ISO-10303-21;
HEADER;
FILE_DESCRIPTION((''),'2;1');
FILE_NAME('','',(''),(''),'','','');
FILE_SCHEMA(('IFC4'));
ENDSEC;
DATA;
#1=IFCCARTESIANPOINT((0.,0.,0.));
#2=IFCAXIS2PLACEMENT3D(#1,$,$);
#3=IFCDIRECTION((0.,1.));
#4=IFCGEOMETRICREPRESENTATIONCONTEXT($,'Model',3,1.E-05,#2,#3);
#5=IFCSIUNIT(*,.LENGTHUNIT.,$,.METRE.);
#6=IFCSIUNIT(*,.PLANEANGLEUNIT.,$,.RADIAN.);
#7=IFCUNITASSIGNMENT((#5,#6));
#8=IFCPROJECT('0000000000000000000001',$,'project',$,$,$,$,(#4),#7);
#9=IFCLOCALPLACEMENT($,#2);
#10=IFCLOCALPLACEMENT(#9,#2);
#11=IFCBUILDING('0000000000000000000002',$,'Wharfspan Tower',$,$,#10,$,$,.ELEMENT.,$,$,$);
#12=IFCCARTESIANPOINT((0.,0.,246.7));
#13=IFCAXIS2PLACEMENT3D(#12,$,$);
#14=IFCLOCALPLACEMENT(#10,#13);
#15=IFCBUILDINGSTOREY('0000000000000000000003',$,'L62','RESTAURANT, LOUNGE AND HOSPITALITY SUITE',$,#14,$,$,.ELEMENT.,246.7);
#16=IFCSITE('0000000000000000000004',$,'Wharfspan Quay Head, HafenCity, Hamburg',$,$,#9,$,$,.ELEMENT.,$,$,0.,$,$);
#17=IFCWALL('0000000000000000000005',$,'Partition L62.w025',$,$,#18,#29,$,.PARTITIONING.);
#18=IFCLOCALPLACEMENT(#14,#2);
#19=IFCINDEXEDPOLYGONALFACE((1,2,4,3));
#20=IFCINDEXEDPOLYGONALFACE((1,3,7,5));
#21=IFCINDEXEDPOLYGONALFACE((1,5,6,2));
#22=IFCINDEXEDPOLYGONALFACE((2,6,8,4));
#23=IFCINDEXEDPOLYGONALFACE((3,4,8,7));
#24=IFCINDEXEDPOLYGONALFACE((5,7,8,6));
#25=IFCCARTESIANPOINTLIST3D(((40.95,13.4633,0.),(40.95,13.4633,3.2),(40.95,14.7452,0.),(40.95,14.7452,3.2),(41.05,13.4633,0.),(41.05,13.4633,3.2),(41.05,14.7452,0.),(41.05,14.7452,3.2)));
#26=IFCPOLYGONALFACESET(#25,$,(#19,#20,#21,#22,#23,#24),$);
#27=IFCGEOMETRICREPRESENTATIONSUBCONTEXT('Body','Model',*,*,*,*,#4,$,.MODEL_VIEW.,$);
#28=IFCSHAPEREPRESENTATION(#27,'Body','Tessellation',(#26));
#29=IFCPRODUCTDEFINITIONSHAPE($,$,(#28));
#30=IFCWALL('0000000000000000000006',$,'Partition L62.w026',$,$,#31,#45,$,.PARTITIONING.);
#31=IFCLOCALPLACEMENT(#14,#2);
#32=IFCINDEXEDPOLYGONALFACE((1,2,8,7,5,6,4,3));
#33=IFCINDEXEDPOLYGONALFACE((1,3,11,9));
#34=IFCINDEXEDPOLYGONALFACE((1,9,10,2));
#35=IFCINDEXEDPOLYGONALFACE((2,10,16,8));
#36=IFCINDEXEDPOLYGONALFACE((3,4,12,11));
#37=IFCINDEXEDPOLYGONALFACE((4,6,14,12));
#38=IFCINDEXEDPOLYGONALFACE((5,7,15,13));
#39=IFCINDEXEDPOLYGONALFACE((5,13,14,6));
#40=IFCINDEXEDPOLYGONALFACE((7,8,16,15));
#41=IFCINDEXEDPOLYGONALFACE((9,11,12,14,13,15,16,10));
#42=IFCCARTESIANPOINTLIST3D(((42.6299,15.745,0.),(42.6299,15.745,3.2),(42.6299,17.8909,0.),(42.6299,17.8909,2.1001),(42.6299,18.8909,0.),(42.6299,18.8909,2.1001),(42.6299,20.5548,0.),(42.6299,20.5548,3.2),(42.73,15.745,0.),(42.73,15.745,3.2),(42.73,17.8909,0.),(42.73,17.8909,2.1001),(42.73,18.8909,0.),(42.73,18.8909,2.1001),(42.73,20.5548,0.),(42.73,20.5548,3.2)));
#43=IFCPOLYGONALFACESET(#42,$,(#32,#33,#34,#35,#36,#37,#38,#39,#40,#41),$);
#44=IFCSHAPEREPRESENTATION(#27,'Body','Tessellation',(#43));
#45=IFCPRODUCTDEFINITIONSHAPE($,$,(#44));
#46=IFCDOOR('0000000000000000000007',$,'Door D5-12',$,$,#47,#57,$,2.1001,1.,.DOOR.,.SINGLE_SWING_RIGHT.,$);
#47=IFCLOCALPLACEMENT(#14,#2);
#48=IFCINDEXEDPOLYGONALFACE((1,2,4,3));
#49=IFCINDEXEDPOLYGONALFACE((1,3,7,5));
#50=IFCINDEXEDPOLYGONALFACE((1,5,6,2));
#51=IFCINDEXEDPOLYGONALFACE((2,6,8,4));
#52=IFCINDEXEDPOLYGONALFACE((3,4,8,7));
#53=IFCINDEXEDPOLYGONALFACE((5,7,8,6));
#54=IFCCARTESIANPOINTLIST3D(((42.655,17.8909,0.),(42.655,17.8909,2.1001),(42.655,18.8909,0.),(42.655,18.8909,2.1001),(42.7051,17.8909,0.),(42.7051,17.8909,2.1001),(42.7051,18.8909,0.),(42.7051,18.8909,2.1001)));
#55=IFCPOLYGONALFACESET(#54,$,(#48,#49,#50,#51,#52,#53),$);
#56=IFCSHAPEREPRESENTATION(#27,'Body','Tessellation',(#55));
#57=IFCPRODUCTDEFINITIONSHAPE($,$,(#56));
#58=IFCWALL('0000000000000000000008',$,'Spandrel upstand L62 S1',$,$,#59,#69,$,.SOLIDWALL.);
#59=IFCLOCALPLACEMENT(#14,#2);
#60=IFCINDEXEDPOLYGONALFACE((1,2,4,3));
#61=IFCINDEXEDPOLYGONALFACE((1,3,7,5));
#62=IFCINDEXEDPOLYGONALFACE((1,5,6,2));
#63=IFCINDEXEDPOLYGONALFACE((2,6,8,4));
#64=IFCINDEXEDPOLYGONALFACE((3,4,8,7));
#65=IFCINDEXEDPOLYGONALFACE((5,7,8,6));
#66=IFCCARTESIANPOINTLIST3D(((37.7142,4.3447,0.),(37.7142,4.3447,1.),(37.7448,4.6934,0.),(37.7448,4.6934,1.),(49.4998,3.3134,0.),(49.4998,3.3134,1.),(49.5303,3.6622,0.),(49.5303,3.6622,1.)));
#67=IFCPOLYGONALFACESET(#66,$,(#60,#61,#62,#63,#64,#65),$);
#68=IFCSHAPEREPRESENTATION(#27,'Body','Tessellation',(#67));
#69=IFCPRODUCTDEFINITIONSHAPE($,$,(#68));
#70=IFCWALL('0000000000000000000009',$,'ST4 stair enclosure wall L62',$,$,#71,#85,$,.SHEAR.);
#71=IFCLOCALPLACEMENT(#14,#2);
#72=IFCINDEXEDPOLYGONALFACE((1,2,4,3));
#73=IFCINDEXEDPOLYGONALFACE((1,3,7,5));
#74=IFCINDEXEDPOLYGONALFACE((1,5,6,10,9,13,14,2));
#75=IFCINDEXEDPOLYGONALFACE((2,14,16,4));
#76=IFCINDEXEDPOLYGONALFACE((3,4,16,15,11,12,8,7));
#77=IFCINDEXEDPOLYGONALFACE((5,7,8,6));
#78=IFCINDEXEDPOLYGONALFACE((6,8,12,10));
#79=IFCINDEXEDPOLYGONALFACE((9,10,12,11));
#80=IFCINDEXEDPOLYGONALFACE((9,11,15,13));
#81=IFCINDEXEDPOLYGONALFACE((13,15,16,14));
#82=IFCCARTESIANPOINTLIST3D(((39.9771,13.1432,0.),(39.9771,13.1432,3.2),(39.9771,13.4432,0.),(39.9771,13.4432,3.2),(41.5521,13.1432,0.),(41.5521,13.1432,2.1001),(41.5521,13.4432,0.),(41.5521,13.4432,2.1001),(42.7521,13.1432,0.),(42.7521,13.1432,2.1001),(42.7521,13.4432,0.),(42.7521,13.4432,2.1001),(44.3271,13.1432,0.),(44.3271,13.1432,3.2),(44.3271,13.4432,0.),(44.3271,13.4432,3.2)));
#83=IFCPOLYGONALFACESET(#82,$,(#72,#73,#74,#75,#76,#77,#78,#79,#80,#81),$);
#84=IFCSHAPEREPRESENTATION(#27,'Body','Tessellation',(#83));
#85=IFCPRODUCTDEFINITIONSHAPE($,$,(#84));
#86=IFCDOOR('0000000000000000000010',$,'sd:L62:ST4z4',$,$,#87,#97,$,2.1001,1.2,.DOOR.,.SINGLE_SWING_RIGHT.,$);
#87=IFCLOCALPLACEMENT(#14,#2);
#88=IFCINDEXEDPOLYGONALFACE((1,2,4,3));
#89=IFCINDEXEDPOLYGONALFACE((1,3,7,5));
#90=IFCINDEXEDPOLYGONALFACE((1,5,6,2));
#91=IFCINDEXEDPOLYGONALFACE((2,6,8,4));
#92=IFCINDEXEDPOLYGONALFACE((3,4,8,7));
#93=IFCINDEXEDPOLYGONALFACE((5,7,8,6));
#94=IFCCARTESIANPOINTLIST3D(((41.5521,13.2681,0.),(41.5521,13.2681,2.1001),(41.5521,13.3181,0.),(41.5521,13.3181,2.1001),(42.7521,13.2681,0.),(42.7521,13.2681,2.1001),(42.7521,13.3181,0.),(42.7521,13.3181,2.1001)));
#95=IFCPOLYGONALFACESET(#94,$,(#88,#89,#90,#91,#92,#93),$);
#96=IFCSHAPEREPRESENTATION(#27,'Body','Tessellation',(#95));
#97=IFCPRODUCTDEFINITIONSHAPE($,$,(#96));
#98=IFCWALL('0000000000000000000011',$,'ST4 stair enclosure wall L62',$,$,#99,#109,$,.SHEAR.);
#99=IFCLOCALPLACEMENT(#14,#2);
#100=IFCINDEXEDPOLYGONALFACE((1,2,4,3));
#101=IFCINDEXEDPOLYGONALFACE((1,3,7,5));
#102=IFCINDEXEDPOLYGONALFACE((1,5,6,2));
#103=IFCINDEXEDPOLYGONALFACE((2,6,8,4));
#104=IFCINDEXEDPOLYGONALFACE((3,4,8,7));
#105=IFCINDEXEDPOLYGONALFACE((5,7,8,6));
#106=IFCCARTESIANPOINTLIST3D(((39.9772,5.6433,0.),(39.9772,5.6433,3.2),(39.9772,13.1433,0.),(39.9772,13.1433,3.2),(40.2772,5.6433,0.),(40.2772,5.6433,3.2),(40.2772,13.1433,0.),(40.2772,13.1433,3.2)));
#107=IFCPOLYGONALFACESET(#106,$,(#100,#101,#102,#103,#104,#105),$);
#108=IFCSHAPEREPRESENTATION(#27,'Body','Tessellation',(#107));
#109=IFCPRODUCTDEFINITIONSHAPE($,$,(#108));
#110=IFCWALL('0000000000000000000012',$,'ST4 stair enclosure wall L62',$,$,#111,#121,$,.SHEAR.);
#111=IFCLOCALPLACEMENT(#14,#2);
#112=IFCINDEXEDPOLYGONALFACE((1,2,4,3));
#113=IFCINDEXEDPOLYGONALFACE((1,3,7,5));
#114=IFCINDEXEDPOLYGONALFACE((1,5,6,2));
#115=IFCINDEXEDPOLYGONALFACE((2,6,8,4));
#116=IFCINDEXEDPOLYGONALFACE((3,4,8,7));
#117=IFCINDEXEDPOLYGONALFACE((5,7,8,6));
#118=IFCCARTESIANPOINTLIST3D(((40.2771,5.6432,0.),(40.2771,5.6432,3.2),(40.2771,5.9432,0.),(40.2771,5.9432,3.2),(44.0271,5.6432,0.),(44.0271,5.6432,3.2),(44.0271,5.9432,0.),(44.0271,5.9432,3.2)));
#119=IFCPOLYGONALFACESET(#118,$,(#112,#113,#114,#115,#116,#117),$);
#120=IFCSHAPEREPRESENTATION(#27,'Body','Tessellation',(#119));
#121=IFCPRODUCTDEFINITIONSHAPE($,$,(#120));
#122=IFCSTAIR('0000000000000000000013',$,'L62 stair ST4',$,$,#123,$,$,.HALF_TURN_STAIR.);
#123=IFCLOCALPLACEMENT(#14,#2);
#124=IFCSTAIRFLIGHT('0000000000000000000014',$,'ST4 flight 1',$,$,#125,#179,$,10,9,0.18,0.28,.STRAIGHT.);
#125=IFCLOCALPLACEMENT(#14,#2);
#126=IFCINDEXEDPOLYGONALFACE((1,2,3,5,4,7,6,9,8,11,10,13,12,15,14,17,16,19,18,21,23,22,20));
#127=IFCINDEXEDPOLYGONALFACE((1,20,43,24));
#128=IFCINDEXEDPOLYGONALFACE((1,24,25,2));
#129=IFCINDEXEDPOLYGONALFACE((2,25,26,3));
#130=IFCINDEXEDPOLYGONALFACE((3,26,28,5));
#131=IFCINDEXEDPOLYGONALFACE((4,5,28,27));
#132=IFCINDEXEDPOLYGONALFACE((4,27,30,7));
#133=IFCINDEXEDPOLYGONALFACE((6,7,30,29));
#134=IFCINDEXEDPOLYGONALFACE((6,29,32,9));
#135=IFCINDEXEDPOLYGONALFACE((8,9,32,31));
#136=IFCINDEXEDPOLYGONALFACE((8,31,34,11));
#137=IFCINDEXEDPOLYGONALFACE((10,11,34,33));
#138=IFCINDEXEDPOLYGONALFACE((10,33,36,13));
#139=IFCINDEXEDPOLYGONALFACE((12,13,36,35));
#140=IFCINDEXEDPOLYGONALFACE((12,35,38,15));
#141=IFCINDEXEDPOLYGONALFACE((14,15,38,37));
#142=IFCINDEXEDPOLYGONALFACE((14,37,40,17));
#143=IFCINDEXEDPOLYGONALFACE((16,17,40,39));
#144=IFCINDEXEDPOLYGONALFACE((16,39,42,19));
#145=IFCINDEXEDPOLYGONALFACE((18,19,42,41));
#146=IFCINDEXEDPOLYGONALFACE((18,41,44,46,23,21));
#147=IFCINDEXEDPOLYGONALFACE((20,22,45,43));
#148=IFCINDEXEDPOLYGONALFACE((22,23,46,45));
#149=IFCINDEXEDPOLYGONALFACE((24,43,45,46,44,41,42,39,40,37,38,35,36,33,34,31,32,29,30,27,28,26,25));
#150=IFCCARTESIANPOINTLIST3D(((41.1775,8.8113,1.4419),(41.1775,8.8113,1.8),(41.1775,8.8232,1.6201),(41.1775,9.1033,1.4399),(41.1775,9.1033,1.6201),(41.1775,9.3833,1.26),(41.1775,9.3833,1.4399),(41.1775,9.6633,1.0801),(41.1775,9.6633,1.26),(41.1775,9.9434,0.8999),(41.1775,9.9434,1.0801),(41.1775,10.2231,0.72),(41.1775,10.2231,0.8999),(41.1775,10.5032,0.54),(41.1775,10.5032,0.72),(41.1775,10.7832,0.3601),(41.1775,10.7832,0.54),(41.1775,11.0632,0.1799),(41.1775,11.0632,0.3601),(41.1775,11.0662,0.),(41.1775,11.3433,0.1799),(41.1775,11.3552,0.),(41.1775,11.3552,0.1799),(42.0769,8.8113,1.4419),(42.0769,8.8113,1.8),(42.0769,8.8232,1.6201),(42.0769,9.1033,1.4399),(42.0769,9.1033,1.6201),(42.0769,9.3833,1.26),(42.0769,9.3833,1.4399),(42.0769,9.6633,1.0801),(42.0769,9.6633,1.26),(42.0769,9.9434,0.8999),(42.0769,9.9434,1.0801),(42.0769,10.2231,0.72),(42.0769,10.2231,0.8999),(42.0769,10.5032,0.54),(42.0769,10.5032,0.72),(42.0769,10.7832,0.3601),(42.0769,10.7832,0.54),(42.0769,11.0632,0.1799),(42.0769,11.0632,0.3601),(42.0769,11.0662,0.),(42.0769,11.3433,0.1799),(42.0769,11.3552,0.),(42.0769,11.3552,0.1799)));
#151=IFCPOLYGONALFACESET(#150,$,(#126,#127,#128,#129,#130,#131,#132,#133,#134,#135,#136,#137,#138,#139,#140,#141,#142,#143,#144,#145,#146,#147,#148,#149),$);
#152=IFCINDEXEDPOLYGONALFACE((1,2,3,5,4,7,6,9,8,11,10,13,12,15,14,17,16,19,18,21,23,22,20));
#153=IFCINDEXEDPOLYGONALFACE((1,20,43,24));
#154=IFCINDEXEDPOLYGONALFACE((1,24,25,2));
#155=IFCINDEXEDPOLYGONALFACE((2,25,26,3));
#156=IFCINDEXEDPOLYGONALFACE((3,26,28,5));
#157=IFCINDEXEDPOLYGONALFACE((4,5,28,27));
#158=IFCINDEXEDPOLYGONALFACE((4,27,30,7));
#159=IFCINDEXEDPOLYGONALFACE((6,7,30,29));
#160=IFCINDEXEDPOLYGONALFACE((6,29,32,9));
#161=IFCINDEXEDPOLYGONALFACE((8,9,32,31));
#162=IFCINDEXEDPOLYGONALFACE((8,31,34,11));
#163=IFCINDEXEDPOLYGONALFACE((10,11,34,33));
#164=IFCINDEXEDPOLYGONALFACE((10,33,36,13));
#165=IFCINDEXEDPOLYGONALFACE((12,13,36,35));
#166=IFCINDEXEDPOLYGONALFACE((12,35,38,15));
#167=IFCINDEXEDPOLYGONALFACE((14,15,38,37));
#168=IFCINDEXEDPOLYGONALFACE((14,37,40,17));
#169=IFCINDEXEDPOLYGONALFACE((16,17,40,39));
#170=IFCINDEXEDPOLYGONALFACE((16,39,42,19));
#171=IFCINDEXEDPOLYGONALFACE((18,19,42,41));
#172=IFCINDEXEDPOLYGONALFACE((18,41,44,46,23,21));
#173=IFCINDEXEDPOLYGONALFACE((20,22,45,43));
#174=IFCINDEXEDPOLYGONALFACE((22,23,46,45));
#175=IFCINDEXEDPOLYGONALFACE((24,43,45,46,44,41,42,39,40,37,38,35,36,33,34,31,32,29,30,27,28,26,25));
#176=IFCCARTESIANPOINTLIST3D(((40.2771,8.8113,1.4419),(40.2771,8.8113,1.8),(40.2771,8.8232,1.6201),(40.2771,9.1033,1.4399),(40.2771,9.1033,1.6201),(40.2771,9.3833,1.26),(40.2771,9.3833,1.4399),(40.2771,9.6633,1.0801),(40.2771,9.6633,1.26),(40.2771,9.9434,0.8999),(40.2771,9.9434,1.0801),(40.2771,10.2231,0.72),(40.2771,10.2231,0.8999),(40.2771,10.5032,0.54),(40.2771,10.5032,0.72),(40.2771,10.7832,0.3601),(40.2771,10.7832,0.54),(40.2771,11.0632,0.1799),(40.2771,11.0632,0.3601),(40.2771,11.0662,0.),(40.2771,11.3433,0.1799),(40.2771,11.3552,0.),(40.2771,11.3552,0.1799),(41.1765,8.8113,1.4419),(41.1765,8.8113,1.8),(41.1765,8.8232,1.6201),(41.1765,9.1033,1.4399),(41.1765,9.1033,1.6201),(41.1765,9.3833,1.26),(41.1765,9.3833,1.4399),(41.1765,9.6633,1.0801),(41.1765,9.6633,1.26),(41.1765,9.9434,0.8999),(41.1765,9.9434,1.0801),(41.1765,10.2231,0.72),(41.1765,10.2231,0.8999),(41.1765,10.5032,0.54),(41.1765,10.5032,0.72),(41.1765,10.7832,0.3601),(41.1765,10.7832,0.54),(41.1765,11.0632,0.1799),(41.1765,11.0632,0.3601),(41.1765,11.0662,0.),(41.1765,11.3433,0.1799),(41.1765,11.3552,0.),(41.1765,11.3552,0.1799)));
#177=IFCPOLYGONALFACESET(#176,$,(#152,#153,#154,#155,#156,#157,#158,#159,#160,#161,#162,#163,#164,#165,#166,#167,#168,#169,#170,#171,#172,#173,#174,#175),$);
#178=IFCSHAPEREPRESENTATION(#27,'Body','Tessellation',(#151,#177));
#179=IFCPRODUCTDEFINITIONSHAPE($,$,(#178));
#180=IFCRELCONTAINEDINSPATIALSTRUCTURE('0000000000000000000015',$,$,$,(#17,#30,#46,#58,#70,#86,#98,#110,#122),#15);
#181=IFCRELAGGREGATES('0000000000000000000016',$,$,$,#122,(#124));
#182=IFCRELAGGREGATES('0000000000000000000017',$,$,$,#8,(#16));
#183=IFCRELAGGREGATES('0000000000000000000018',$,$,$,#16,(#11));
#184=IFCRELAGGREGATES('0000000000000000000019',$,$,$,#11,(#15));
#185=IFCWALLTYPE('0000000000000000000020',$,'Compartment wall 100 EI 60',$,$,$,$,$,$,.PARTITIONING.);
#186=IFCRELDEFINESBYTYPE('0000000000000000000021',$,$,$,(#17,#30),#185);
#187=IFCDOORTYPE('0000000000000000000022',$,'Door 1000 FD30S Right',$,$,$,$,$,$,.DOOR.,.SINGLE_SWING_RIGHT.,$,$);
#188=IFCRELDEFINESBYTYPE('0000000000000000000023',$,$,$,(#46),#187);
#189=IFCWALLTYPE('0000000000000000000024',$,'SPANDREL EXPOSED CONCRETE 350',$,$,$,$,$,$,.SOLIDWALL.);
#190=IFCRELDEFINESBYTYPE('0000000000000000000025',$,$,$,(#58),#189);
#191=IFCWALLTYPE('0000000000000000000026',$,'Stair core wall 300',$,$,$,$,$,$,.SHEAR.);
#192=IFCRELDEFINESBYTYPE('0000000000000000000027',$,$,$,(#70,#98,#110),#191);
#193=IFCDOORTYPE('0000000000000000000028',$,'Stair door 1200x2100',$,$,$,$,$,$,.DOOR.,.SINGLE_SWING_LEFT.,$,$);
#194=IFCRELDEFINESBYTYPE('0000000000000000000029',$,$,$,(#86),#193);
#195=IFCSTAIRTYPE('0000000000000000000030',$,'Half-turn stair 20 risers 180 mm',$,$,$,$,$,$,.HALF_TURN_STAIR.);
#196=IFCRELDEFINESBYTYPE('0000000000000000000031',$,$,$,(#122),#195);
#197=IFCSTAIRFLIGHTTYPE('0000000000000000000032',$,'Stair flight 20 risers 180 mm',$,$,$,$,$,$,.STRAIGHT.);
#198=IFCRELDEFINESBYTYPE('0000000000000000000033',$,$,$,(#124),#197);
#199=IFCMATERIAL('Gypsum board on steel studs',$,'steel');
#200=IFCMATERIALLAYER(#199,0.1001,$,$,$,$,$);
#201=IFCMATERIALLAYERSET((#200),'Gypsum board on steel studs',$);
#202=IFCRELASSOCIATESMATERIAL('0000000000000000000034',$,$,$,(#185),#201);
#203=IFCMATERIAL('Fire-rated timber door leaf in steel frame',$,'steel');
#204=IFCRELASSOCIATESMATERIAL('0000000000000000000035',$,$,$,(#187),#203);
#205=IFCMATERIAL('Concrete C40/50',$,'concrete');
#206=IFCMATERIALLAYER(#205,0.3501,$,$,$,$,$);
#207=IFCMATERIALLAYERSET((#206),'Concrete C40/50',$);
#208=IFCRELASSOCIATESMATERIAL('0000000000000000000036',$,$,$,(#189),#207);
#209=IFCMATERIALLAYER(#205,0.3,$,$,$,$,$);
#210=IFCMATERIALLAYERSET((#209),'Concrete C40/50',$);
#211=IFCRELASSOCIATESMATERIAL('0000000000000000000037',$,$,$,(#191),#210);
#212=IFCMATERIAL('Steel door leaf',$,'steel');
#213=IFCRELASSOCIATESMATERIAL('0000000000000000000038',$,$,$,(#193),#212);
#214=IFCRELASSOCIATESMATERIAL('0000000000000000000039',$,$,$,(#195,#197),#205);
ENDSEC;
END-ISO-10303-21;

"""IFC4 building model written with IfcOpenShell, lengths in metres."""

from ifc_helpers import new_model, si_unit, direction, frame, frame_2d, origin, place, context, subcontext, project, spatial, polyline, rectangle, outline, extrude, material, layer, layer_set, type_object, element, fill, aggregate, save


model = new_model("IFC4")

# Units and contexts
model_context = context("Model", 3, precision=1e-05, world=origin(), true_north=direction((0.0, 1.0)))
body_context = subcontext(model_context, "Body", "Model", "MODEL_VIEW")
ifc_project = project(units=[si_unit("LENGTHUNIT", "METRE"), si_unit("PLANEANGLEUNIT", "RADIAN")], contexts=[model_context])

# Site, building, storey
site_placement = place(None, origin())
site = spatial("IfcSite", under=ifc_project, at=site_placement, Name="Wharfspan Quay Head, HafenCity, Hamburg", CompositionType="ELEMENT", RefElevation=0.0)
building_placement = place(site_placement, origin())
building = spatial("IfcBuilding", under=site, at=building_placement, Name="Wharfspan Tower", CompositionType="ELEMENT")
storey_placement = place(building_placement, frame((0.0, 0.0, 246.7)))
storey = spatial("IfcBuildingStorey", under=building, at=storey_placement, Name="L62", Description="RESTAURANT, LOUNGE AND HOSPITALITY SUITE", CompositionType="ELEMENT", Elevation=246.7)

# Shared definitions
ifc_material_1 = material(Name="Gypsum board on steel studs", Category="steel")
ifc_layer_1 = layer(ifc_material_1, 0.1001)
ifc_layer_set_1 = layer_set([ifc_layer_1], Name="Gypsum board on steel studs")
wall_type_1 = type_object("IfcWallType", Name="Compartment wall 100 EI 60", PredefinedType="PARTITIONING", material=ifc_layer_set_1)

# Shared definitions
ifc_material_2 = material(Name="Fire-rated timber door leaf in steel frame", Category="steel")

# Wall
wall_1_placement = place(storey_placement, frame((41.0, 13.4631, 0.0), z_axis=(0.0, 0.0, 1.0), x_axis=(0.0, 1.0, 0.0)))
element("IfcWall", 1, at=wall_1_placement, inside=storey, type_object=wall_type_1, Name="Partition L62.w025", PredefinedType="PARTITIONING", context=body_context, shape_type="SweptSolid", body=[
    extrude(rectangle(XDim=1.282, YDim=0.1001, at=frame_2d((0.6411, 0.0))), origin(), (0.0, 0.0, 1.0), 3.2),
])

# Wall, opening, door
wall_2_placement = place(storey_placement, frame((42.6799, 15.7451, 0.0), z_axis=(0.0, 0.0, 1.0), x_axis=(0.0, 1.0, 0.0)))
wall_2 = element("IfcWall", 2, at=wall_2_placement, inside=storey, type_object=wall_type_1, Name="Partition L62.w026", PredefinedType="PARTITIONING", context=body_context, shape_type="SweptSolid", body=[
    extrude(rectangle(XDim=4.8098, YDim=0.1001, at=frame_2d((2.4048, 0.0))), origin(), (0.0, 0.0, 1.0), 3.2),
])
opening_1_placement = place(wall_2_placement, frame((2.1458, 0.0, 0.0)))
opening_1 = element("IfcOpeningElement", 3, at=opening_1_placement, cuts=wall_2, PredefinedType="OPENING", context=body_context, shape_type="SweptSolid", body=[
    extrude(rectangle(XDim=1.0, YDim=2.1001, at=frame_2d((0.5, 1.05))), frame((0.0, 0.0601, 0.0), z_axis=(0.0, -1.0, 0.0), x_axis=(1.0, 0.0, 0.0)), (0.0, 0.0, 1.0), 0.1201),
])
door_type_1 = type_object("IfcDoorType", Name="Door 1000 FD30S Right", OperationType="SINGLE_SWING_RIGHT", PredefinedType="DOOR", material=ifc_material_2)
door_1_placement = place(opening_1_placement, origin())
door_1 = element("IfcDoor", 4, at=door_1_placement, inside=storey, type_object=door_type_1, Name="Door D5-12", OperationType="SINGLE_SWING_RIGHT", OverallHeight=2.1001, OverallWidth=1.0, PredefinedType="DOOR", context=body_context, shape_type="SweptSolid", body=[
    extrude(rectangle(XDim=1.0, YDim=2.1001, at=frame_2d((0.5, 1.05))), frame((0.0, 0.0249, 0.0), z_axis=(0.0, -1.0, 0.0), x_axis=(1.0, 0.0, 0.0)), (0.0, 0.0, 1.0), 0.05),
])
fill(opening_1, door_1)

# Wall
ifc_material_3 = material(Name="Concrete C40/50", Category="concrete")
ifc_layer_2 = layer(ifc_material_3, 0.3501)
ifc_layer_set_2 = layer_set([ifc_layer_2], Name="Concrete C40/50")
wall_type_2 = type_object("IfcWallType", Name="SPANDREL EXPOSED CONCRETE 350", PredefinedType="SOLIDWALL", material=ifc_layer_set_2)
wall_3_placement = place(storey_placement, frame((37.7295, 4.519, 0.0), z_axis=(0.0, 0.0, 1.0), x_axis=(0.99619, -0.087167, 0.0)))
element("IfcWall", 5, at=wall_3_placement, inside=storey, type_object=wall_type_2, Name="Spandrel upstand L62 S1", PredefinedType="SOLIDWALL", context=body_context, shape_type="SweptSolid", body=[
    extrude(rectangle(XDim=11.8306, YDim=0.3501, at=frame_2d((5.9153, 0.0))), origin(), (0.0, 0.0, 1.0), 1.0),
])

# Wall, opening, door
ifc_layer_3 = layer(ifc_material_3, 0.3)
ifc_layer_set_3 = layer_set([ifc_layer_3], Name="Concrete C40/50")
wall_type_3 = type_object("IfcWallType", Name="Stair core wall 300", PredefinedType="SHEAR", material=ifc_layer_set_3)
wall_4_placement = place(storey_placement, frame((39.9771, 13.2932, 0.0), z_axis=(0.0, 0.0, 1.0), x_axis=(1.0, 0.0, 0.0)))
wall_4 = element("IfcWall", 6, at=wall_4_placement, inside=storey, type_object=wall_type_3, Name="ST4 stair enclosure wall L62", PredefinedType="SHEAR", context=body_context, shape_type="SweptSolid", body=[
    extrude(rectangle(XDim=4.3501, YDim=0.3, at=frame_2d((2.175, 0.0))), origin(), (0.0, 0.0, 1.0), 3.2),
])
opening_2_placement = place(wall_4_placement, frame((1.575, 0.0, 0.0)))
opening_2 = element("IfcOpeningElement", 7, at=opening_2_placement, cuts=wall_4, PredefinedType="OPENING", context=body_context, shape_type="SweptSolid", body=[
    extrude(rectangle(XDim=1.2, YDim=2.1001, at=frame_2d((0.6001, 1.05))), frame((0.0, 0.1599, 0.0), z_axis=(0.0, -1.0, 0.0), x_axis=(1.0, 0.0, 0.0)), (0.0, 0.0, 1.0), 0.3201),
])
ifc_material_4 = material(Name="Steel door leaf", Category="steel")
door_type_2 = type_object("IfcDoorType", Name="Stair door 1200x2100", OperationType="SINGLE_SWING_LEFT", PredefinedType="DOOR", material=ifc_material_4)
door_2_placement = place(opening_2_placement, origin())
door_2 = element("IfcDoor", 8, at=door_2_placement, inside=storey, type_object=door_type_2, Name="sd:L62:ST4z4", OperationType="SINGLE_SWING_RIGHT", OverallHeight=2.1001, OverallWidth=1.2, PredefinedType="DOOR", context=body_context, shape_type="SweptSolid", body=[
    extrude(rectangle(XDim=1.2, YDim=2.1001, at=frame_2d((0.6001, 1.05))), frame((0.0, 0.0249, 0.0), z_axis=(0.0, -1.0, 0.0), x_axis=(1.0, 0.0, 0.0)), (0.0, 0.0, 1.0), 0.05),
])
fill(opening_2, door_2)

# Walls
wall_5_placement = place(storey_placement, frame((40.1272, 5.6433, 0.0), z_axis=(0.0, 0.0, 1.0), x_axis=(0.0, 1.0, 0.0)))
element("IfcWall", 9, at=wall_5_placement, inside=storey, type_object=wall_type_3, Name="ST4 stair enclosure wall L62", PredefinedType="SHEAR", context=body_context, shape_type="SweptSolid", body=[
    extrude(rectangle(XDim=7.5, YDim=0.3, at=frame_2d((3.75, 0.0))), origin(), (0.0, 0.0, 1.0), 3.2),
])
wall_6_placement = place(storey_placement, frame((40.2771, 5.7932, 0.0), z_axis=(0.0, 0.0, 1.0), x_axis=(1.0, 0.0, 0.0)))
element("IfcWall", 10, at=wall_6_placement, inside=storey, type_object=wall_type_3, Name="ST4 stair enclosure wall L62", PredefinedType="SHEAR", context=body_context, shape_type="SweptSolid", body=[
    extrude(rectangle(XDim=3.75, YDim=0.3, at=frame_2d((1.875, 0.0))), origin(), (0.0, 0.0, 1.0), 3.2),
])

# Stair, stair flight
stair_type = type_object("IfcStairType", Name="Half-turn stair 20 risers 180 mm", PredefinedType="HALF_TURN_STAIR", material=ifc_material_3)
stair_placement = place(storey_placement, origin())
stair = element("IfcStair", 11, at=stair_placement, inside=storey, type_object=stair_type, Name="L62 stair ST4", PredefinedType="HALF_TURN_STAIR")
stair_flight_type = type_object("IfcStairFlightType", Name="Stair flight 20 risers 180 mm", PredefinedType="STRAIGHT", material=ifc_material_3)
stair_flight_1_placement = place(storey_placement, frame((41.177, 11.3433, 0.0), z_axis=(0.0, 0.0, 1.0), x_axis=(0.0, -1.0, 0.0)))
stair_flight_1 = element("IfcStairFlight", 12, at=stair_flight_1_placement, type_object=stair_flight_type, Name="ST4 flight 1", NumberOfRisers=10, NumberOfTreads=9, PredefinedType="STRAIGHT", RiserHeight=0.18, TreadLength=0.28, context=body_context, shape_type="SweptSolid", body=[
    extrude(outline(polyline([(-0.012, 0.0), (-0.012, 0.1799), (0.0, 0.1799), (0.28, 0.1799), (0.28, 0.3601), (0.5601, 0.3601), (0.5601, 0.54), (0.8401, 0.54), (0.8401, 0.72), (1.1201, 0.72), (1.1201, 0.8999), (1.3999, 0.8999), (1.3999, 1.0801), (1.6799, 1.0801), (1.6799, 1.26), (1.96, 1.26), (1.96, 1.4399), (2.24, 1.4399), (2.24, 1.6201), (2.52, 1.6201), (2.532, 1.8), (2.532, 1.4419), (0.2771, 0.0), (-0.012, 0.0)])), frame((0.0, 0.8999, 0.0), z_axis=(0.0, -1.0, 0.0), x_axis=(1.0, 0.0, 0.0)), (0.0, 0.0, 1.0), 0.8994),
    extrude(outline(polyline([(-0.012, 0.0), (-0.012, 0.1799), (0.0, 0.1799), (0.28, 0.1799), (0.28, 0.3601), (0.5601, 0.3601), (0.5601, 0.54), (0.8401, 0.54), (0.8401, 0.72), (1.1201, 0.72), (1.1201, 0.8999), (1.3999, 0.8999), (1.3999, 1.0801), (1.6799, 1.0801), (1.6799, 1.26), (1.96, 1.26), (1.96, 1.4399), (2.24, 1.4399), (2.24, 1.6201), (2.52, 1.6201), (2.532, 1.8), (2.532, 1.4419), (0.2771, 0.0), (-0.012, 0.0)])), frame((0.0, -0.0005, 0.0), z_axis=(0.0, -1.0, 0.0), x_axis=(1.0, 0.0, 0.0)), (0.0, 0.0, 1.0), 0.8994),
])
aggregate(stair, [stair_flight_1])

save(model, "model.ifc")
